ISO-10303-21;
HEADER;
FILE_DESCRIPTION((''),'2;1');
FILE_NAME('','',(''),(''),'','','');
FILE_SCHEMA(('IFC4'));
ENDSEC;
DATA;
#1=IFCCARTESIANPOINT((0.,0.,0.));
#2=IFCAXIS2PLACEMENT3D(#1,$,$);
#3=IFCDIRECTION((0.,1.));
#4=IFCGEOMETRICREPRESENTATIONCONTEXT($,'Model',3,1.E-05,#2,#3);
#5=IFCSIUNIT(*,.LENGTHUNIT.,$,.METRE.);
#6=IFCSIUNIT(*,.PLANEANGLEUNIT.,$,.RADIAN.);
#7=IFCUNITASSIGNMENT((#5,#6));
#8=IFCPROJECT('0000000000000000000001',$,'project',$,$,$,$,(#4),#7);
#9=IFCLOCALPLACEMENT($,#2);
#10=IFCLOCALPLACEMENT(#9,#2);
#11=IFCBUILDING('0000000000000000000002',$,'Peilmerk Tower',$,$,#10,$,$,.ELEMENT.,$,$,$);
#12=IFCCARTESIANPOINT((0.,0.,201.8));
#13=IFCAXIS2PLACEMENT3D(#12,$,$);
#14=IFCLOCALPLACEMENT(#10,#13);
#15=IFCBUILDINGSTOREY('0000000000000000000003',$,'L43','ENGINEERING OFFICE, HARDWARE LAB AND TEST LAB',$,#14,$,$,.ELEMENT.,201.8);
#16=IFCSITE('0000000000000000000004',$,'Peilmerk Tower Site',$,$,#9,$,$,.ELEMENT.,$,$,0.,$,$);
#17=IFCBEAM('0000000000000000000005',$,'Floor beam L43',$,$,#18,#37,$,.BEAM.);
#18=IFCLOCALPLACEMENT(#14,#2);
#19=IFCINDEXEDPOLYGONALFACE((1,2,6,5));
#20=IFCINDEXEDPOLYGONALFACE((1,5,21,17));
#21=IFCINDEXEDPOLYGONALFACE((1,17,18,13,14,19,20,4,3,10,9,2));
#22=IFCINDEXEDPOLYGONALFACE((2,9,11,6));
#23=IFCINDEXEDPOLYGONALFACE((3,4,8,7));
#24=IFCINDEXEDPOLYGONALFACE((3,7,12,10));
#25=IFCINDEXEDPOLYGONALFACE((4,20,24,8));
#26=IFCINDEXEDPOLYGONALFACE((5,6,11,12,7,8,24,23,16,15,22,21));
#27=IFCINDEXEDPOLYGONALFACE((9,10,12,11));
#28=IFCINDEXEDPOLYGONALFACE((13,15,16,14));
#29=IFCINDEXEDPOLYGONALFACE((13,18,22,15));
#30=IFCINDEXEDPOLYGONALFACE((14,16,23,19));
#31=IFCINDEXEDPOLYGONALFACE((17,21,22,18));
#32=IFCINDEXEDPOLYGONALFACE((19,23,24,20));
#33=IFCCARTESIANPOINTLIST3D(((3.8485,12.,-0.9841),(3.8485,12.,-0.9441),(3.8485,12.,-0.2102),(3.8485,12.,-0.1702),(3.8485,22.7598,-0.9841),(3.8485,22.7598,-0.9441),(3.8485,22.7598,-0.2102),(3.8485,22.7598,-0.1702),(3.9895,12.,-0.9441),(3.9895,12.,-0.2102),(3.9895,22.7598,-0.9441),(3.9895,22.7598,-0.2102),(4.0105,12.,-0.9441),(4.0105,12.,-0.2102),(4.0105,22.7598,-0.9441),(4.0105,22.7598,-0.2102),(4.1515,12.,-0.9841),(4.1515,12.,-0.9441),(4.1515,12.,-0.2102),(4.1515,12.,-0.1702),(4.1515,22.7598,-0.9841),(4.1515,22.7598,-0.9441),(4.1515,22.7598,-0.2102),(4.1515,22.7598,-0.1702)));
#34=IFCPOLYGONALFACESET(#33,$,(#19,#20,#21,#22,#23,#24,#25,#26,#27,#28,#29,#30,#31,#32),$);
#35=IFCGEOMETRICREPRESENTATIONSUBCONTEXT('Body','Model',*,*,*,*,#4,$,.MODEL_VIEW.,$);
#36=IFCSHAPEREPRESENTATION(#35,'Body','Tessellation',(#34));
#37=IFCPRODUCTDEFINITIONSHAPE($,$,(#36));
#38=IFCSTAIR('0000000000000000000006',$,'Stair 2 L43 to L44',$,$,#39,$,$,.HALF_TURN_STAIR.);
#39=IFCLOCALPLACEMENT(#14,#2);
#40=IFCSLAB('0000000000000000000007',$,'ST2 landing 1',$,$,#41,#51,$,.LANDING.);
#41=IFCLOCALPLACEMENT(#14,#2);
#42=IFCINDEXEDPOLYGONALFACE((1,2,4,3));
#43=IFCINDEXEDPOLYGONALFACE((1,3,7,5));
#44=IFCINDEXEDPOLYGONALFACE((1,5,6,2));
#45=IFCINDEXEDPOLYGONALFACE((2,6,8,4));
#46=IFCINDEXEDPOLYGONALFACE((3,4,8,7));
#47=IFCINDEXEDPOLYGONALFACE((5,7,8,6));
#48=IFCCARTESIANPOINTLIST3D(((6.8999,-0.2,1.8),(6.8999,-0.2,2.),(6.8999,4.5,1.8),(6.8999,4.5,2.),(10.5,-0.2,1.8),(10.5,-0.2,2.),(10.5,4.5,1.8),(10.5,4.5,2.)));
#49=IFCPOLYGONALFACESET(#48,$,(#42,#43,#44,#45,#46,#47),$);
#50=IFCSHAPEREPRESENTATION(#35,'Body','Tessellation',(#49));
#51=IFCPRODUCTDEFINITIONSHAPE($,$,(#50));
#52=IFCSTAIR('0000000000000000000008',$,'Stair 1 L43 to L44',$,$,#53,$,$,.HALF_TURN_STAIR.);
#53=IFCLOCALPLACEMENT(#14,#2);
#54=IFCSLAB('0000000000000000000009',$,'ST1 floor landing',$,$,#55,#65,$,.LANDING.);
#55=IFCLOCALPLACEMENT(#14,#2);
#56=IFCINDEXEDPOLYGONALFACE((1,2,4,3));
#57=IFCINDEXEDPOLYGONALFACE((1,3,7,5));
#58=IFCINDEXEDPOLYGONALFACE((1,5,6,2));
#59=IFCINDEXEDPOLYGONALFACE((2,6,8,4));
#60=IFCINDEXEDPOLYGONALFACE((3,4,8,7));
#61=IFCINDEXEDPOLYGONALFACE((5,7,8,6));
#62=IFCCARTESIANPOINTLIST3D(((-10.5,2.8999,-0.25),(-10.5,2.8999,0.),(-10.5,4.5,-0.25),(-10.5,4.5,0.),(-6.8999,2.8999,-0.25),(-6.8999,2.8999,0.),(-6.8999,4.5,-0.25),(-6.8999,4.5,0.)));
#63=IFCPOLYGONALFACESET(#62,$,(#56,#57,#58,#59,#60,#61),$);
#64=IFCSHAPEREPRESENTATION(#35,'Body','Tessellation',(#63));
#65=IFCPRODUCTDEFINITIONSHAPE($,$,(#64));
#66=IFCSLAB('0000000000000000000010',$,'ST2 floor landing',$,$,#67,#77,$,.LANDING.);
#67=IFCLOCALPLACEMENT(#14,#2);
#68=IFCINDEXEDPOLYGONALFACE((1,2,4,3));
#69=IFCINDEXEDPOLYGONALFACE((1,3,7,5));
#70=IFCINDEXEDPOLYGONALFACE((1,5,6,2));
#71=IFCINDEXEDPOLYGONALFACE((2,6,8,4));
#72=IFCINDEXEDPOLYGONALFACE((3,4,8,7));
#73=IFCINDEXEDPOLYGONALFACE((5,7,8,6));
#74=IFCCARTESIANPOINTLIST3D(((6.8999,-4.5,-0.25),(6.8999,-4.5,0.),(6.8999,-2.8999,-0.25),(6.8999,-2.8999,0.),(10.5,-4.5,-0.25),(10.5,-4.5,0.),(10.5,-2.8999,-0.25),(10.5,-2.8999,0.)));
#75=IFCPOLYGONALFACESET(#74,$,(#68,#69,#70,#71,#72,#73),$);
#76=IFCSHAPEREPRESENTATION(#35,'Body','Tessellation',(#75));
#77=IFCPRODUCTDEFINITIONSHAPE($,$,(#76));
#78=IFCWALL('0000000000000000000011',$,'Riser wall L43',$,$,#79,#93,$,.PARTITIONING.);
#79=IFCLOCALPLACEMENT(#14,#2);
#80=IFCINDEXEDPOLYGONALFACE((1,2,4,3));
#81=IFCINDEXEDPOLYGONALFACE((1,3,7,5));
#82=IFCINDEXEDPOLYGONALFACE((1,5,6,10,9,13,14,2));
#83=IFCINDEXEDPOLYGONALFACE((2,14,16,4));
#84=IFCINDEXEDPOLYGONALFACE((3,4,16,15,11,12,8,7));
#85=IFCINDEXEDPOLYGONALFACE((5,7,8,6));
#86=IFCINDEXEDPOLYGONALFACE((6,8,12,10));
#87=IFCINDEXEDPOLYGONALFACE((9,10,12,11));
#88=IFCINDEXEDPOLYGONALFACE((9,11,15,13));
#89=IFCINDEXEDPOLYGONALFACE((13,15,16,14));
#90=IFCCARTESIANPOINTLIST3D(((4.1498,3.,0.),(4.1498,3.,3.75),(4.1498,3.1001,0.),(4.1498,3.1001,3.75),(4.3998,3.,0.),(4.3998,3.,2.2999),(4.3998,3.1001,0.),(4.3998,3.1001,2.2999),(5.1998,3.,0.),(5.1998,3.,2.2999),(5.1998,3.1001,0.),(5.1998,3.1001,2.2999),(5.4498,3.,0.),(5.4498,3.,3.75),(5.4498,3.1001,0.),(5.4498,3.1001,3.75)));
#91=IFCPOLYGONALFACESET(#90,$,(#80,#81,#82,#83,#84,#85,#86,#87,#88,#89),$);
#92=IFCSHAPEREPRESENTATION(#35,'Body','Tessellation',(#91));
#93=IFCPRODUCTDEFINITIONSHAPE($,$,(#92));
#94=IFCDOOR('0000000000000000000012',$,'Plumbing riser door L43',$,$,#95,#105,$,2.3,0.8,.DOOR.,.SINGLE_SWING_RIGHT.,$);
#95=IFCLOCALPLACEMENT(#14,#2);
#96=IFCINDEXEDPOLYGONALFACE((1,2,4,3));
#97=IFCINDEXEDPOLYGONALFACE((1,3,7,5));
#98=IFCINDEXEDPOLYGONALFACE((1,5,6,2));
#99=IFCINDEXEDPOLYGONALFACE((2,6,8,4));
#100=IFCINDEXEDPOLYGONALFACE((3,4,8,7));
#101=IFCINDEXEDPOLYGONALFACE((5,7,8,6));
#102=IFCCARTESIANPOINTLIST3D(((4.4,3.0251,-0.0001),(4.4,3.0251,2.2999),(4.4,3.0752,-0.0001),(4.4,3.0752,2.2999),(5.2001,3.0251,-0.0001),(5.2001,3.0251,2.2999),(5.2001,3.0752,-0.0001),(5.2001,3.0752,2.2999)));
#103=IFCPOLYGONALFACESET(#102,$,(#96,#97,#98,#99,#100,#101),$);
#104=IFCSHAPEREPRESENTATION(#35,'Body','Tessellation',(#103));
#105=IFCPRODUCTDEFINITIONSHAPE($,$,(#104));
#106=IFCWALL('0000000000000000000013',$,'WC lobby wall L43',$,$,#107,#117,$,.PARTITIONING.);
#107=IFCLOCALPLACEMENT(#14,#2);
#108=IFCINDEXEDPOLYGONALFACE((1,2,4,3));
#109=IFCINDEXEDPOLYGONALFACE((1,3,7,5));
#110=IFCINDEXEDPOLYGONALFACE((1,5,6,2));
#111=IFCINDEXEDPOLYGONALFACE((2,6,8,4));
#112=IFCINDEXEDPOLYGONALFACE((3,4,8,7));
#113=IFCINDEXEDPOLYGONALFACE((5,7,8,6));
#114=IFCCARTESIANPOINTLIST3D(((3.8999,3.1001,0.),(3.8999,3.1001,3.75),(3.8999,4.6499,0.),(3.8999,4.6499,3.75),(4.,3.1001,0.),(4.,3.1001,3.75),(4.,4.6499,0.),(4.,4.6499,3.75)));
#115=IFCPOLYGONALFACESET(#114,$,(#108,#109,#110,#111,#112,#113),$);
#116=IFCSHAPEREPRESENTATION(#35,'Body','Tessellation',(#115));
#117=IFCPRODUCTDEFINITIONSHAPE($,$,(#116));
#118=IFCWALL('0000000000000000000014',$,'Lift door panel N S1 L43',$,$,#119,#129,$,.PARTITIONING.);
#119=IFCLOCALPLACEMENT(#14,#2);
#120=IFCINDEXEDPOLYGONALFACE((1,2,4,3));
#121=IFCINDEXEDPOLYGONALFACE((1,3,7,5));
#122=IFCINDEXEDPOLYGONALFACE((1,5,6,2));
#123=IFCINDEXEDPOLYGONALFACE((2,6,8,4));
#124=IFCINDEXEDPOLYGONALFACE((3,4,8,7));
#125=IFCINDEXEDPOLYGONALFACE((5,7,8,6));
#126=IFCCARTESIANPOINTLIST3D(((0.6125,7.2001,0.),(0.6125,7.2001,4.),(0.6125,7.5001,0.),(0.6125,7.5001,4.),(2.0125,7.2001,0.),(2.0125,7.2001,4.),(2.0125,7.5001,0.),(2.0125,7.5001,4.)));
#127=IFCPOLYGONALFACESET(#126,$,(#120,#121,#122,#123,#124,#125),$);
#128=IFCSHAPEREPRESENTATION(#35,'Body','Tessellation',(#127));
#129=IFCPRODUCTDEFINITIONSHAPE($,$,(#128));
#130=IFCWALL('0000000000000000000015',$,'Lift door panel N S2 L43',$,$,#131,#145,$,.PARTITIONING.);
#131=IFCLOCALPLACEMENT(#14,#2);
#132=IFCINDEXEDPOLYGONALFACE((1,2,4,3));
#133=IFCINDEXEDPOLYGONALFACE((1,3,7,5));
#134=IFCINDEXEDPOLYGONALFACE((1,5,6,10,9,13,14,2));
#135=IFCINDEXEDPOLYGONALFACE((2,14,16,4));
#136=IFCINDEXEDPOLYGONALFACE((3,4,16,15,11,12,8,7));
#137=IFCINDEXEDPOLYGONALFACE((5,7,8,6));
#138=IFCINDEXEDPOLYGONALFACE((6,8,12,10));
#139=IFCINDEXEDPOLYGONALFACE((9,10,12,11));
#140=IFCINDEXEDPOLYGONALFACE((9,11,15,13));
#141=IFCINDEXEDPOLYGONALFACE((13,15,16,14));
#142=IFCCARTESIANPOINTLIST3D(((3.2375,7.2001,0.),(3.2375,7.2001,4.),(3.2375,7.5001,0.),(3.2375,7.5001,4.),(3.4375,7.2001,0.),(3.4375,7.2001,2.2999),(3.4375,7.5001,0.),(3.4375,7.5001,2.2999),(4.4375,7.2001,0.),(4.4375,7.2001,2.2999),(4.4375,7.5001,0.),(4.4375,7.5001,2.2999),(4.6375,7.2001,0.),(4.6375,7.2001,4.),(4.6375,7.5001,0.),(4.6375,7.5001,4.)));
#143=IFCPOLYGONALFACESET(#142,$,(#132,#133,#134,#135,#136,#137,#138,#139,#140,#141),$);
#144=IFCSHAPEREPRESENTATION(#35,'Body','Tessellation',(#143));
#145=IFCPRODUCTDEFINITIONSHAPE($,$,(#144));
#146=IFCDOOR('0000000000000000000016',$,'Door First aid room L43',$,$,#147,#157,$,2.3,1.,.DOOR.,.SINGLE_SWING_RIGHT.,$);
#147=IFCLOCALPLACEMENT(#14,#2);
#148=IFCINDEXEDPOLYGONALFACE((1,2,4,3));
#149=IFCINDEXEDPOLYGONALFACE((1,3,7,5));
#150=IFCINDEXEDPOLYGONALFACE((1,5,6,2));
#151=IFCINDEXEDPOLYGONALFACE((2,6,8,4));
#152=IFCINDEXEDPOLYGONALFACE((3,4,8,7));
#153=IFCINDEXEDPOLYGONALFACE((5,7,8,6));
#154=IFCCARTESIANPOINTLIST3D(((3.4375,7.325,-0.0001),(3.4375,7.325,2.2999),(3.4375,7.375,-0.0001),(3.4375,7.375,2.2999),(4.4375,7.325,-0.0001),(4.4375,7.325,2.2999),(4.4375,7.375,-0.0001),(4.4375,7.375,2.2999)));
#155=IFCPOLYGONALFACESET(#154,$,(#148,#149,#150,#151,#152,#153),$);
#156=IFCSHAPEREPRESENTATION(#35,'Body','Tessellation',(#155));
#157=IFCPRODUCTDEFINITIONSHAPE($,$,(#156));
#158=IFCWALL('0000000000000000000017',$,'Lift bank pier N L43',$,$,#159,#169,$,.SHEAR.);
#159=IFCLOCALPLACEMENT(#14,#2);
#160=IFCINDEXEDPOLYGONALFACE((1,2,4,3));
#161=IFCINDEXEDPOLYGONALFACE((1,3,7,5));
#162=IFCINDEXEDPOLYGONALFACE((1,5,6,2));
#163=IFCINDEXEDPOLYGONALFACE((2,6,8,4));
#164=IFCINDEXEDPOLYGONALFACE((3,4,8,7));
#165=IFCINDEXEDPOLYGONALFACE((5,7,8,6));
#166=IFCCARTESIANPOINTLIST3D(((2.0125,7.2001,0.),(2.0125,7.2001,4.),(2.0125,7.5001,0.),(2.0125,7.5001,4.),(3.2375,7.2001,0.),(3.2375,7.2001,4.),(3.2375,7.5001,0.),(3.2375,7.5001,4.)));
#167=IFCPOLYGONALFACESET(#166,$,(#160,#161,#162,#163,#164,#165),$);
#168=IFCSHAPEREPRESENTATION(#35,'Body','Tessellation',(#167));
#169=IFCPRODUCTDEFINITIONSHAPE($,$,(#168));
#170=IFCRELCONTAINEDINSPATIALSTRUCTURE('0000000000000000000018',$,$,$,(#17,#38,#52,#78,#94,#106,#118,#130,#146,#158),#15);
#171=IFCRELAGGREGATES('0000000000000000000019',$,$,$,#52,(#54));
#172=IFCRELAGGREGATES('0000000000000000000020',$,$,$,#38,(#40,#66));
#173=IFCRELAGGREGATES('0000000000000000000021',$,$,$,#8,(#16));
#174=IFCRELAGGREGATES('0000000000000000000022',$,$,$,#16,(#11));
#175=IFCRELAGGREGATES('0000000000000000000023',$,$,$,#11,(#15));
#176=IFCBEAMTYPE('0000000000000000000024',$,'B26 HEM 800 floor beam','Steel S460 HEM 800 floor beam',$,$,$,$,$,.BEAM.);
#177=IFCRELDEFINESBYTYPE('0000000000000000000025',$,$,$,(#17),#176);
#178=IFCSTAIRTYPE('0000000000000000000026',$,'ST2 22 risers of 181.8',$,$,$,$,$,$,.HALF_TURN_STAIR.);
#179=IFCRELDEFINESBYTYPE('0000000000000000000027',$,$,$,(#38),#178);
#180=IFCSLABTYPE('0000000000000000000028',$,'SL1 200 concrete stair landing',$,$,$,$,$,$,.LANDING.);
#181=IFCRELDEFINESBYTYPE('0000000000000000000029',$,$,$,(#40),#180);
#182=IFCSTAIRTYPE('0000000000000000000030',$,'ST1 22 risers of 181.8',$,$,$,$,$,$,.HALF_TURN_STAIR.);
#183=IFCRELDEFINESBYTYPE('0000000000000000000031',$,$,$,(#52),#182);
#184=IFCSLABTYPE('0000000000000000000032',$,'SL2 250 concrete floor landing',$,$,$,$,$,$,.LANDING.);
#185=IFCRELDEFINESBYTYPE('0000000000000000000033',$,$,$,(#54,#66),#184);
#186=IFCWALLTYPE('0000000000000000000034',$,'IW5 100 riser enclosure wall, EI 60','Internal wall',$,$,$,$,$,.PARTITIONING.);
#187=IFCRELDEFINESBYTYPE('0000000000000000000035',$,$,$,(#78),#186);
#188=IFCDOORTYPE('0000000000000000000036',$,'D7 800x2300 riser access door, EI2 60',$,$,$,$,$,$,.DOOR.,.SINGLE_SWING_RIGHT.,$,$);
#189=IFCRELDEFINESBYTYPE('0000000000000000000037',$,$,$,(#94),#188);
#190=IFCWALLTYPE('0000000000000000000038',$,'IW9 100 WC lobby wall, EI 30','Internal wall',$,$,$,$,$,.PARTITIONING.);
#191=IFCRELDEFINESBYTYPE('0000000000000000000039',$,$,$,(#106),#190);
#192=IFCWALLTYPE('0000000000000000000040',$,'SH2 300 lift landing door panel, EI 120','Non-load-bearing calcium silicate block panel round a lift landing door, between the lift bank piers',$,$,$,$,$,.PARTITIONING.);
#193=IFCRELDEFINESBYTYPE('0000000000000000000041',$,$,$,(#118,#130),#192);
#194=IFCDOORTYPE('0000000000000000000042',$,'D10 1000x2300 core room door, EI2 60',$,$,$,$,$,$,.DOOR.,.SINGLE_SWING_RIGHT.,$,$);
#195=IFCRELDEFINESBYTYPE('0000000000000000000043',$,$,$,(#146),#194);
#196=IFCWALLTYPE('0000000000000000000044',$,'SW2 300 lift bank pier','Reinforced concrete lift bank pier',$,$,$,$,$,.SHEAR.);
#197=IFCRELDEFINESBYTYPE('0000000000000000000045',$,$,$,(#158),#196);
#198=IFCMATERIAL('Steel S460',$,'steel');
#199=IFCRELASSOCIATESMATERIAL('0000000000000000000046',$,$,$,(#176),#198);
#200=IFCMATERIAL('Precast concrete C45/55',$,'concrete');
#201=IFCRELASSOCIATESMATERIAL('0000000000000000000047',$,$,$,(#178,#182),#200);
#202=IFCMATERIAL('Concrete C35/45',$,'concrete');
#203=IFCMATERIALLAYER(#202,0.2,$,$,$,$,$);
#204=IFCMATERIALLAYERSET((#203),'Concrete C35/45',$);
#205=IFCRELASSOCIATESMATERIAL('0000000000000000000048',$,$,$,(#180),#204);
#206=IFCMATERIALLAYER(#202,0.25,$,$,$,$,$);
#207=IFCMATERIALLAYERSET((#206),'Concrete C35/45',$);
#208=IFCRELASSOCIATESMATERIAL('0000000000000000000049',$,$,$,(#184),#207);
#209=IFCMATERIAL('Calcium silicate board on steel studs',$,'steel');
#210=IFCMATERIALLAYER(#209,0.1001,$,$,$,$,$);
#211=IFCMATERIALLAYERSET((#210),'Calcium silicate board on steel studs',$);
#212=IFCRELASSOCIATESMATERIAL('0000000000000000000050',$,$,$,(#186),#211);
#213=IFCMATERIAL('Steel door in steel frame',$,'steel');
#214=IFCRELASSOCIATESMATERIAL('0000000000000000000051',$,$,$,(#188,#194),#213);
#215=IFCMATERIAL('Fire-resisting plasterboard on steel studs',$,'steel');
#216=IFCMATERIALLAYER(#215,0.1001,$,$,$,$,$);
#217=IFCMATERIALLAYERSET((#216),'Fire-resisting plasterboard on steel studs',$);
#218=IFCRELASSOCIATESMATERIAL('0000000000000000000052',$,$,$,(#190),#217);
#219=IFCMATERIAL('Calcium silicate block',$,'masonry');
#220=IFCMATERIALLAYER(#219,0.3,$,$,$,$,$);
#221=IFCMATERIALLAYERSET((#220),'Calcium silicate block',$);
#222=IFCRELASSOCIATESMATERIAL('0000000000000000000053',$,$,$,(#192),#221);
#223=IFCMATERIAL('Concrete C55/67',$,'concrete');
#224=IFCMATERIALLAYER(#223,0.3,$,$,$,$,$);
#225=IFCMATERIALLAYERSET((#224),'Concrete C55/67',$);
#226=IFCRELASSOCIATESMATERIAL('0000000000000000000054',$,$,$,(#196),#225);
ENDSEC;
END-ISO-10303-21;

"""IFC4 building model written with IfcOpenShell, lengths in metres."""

from ifc_helpers import new_model, si_unit, direction, frame, frame_2d, origin, origin_2d, place, context, subcontext, project, spatial, polyline, rectangle, i_section, outline, extrude, material, layer, layer_set, material_profile, profile_set, type_object, element, fill, aggregate, save


model = new_model("IFC4")

# Units and contexts
model_context = context("Model", 3, precision=1e-05, world=origin(), true_north=direction((0.0, 1.0)))
body_context = subcontext(model_context, "Body", "Model", "MODEL_VIEW")
ifc_project = project(units=[si_unit("LENGTHUNIT", "METRE"), si_unit("PLANEANGLEUNIT", "RADIAN")], contexts=[model_context])

# Site, building, storey
site_placement = place(None, origin())
site = spatial("IfcSite", under=ifc_project, at=site_placement, Name="Peilmerk Tower Site", CompositionType="ELEMENT", RefElevation=0.0)
building_placement = place(site_placement, origin())
building = spatial("IfcBuilding", under=site, at=building_placement, Name="Peilmerk Tower", CompositionType="ELEMENT")
storey_placement = place(building_placement, frame((0.0, 0.0, 201.8)))
storey = spatial("IfcBuildingStorey", under=building, at=storey_placement, Name="L43", Description="ENGINEERING OFFICE, HARDWARE LAB AND TEST LAB", CompositionType="ELEMENT", Elevation=201.8)

# Beam
ifc_material_1 = material(Name="Steel S460", Category="steel")
ifc_material_profile = material_profile(ifc_material_1, i_section(OverallWidth=0.303, OverallDepth=0.814, WebThickness=0.021, FlangeThickness=0.04, at=origin_2d()), Name="HEM 800")
ifc_profile_set = profile_set([ifc_material_profile], Name="Steel S460")
beam_type = type_object("IfcBeamType", Name="B26 HEM 800 floor beam", Description="Steel S460 HEM 800 floor beam", PredefinedType="BEAM", material=ifc_profile_set)
beam_placement = place(storey_placement, frame((4.0, 12.0, -0.5771), z_axis=(0.0, 1.0, 0.0), x_axis=(-1.0, 0.0, 0.0)))
element("IfcBeam", 1, at=beam_placement, inside=storey, type_object=beam_type, Name="Floor beam L43", PredefinedType="BEAM", context=body_context, shape_type="SweptSolid", body=[
    extrude(i_section(OverallWidth=0.303, OverallDepth=0.814, WebThickness=0.021, FlangeThickness=0.04, at=origin_2d()), origin(), (0.0, 0.0, 1.0), 10.7598),
])

# Stairs, slabs
ifc_material_2 = material(Name="Precast concrete C45/55", Category="concrete")
stair_type_1 = type_object("IfcStairType", Name="ST2 22 risers of 181.8", PredefinedType="HALF_TURN_STAIR", material=ifc_material_2)
stair_1_placement = place(storey_placement, origin())
stair_1 = element("IfcStair", 2, at=stair_1_placement, inside=storey, type_object=stair_type_1, Name="Stair 2 L43 to L44", PredefinedType="HALF_TURN_STAIR")
ifc_material_3 = material(Name="Concrete C35/45", Category="concrete")
ifc_layer_1 = layer(ifc_material_3, 0.2)
ifc_layer_set_1 = layer_set([ifc_layer_1], Name="Concrete C35/45")
slab_type_1 = type_object("IfcSlabType", Name="SL1 200 concrete stair landing", PredefinedType="LANDING", material=ifc_layer_set_1)
slab_1_placement = place(storey_placement, frame((0.0, 0.0, 1.8)))
slab_1 = element("IfcSlab", 3, at=slab_1_placement, type_object=slab_type_1, Name="ST2 landing 1", PredefinedType="LANDING", context=body_context, shape_type="SweptSolid", body=[
    extrude(outline(polyline([(6.8999, -0.2), (10.5, -0.2), (10.5, 4.5), (6.8999, 4.5), (6.8999, -0.2)])), origin(), (0.0, 0.0, 1.0), 0.2),
])
stair_type_2 = type_object("IfcStairType", Name="ST1 22 risers of 181.8", PredefinedType="HALF_TURN_STAIR", material=ifc_material_2)
stair_2_placement = place(storey_placement, origin())
stair_2 = element("IfcStair", 4, at=stair_2_placement, inside=storey, type_object=stair_type_2, Name="Stair 1 L43 to L44", PredefinedType="HALF_TURN_STAIR")
ifc_layer_2 = layer(ifc_material_3, 0.25)
ifc_layer_set_2 = layer_set([ifc_layer_2], Name="Concrete C35/45")
slab_type_2 = type_object("IfcSlabType", Name="SL2 250 concrete floor landing", PredefinedType="LANDING", material=ifc_layer_set_2)
slab_2_placement = place(storey_placement, frame((0.0, 0.0, -0.25)))
slab_2 = element("IfcSlab", 5, at=slab_2_placement, type_object=slab_type_2, Name="ST1 floor landing", PredefinedType="LANDING", context=body_context, shape_type="SweptSolid", body=[
    extrude(outline(polyline([(-10.5, 2.8999), (-6.8999, 2.8999), (-6.8999, 4.5), (-10.5, 4.5), (-10.5, 2.8999)])), origin(), (0.0, 0.0, 1.0), 0.25),
])
aggregate(stair_2, [slab_2])

# Slab
slab_3_placement = place(storey_placement, frame((0.0, 0.0, -0.25)))
slab_3 = element("IfcSlab", 6, at=slab_3_placement, type_object=slab_type_2, Name="ST2 floor landing", PredefinedType="LANDING", context=body_context, shape_type="SweptSolid", body=[
    extrude(outline(polyline([(6.8999, -4.5), (10.5, -4.5), (10.5, -2.8999), (6.8999, -2.8999), (6.8999, -4.5)])), origin(), (0.0, 0.0, 1.0), 0.25),
])
aggregate(stair_1, [slab_1, slab_3])

# Wall, opening, door
ifc_material_4 = material(Name="Calcium silicate board on steel studs", Category="steel")
ifc_layer_3 = layer(ifc_material_4, 0.1001)
ifc_layer_set_3 = layer_set([ifc_layer_3], Name="Calcium silicate board on steel studs")
wall_type_1 = type_object("IfcWallType", Name="IW5 100 riser enclosure wall, EI 60", Description="Internal wall", PredefinedType="PARTITIONING", material=ifc_layer_set_3)
wall_1_placement = place(storey_placement, frame((4.1499, 3.05, 0.0), z_axis=(0.0, 0.0, 1.0), x_axis=(1.0, 0.0, 0.0)))
wall_1 = element("IfcWall", 7, at=wall_1_placement, inside=storey, type_object=wall_type_1, Name="Riser wall L43", PredefinedType="PARTITIONING", context=body_context, shape_type="SweptSolid", body=[
    extrude(rectangle(XDim=1.3, YDim=0.1001, at=frame_2d((0.6499, 0.0))), origin(), (0.0, 0.0, 1.0), 3.75),
])
opening_1_placement = place(wall_1_placement, frame((0.25, 0.0, 0.0)))
opening_1 = element("IfcOpeningElement", 8, at=opening_1_placement, cuts=wall_1, PredefinedType="OPENING", context=body_context, shape_type="SweptSolid", body=[
    extrude(rectangle(XDim=0.8, YDim=2.3, at=frame_2d((0.3999, 1.1499))), frame((0.0, 0.0601, 0.0), z_axis=(0.0, -1.0, 0.0), x_axis=(1.0, 0.0, 0.0)), (0.0, 0.0, 1.0), 0.1201),
])
ifc_material_5 = material(Name="Steel door in steel frame", Category="steel")
door_type_1 = type_object("IfcDoorType", Name="D7 800x2300 riser access door, EI2 60", OperationType="SINGLE_SWING_RIGHT", PredefinedType="DOOR", material=ifc_material_5)
door_1_placement = place(opening_1_placement, frame((0.8, 0.0, 0.0), z_axis=(0.0, 0.0, 1.0), x_axis=(-1.0, 0.0, 0.0)))
door_1 = element("IfcDoor", 9, at=door_1_placement, inside=storey, type_object=door_type_1, Name="Plumbing riser door L43", OperationType="SINGLE_SWING_RIGHT", OverallHeight=2.3, OverallWidth=0.8, PredefinedType="DOOR", context=body_context, shape_type="SweptSolid", body=[
    extrude(rectangle(XDim=0.8, YDim=2.3, at=frame_2d((0.3999, 1.1499))), frame((0.0, 0.0249, 0.0), z_axis=(0.0, -1.0, 0.0), x_axis=(1.0, 0.0, 0.0)), (0.0, 0.0, 1.0), 0.05),
])
fill(opening_1, door_1)

# Walls
ifc_material_6 = material(Name="Fire-resisting plasterboard on steel studs", Category="steel")
ifc_layer_4 = layer(ifc_material_6, 0.1001)
ifc_layer_set_4 = layer_set([ifc_layer_4], Name="Fire-resisting plasterboard on steel studs")
wall_type_2 = type_object("IfcWallType", Name="IW9 100 WC lobby wall, EI 30", Description="Internal wall", PredefinedType="PARTITIONING", material=ifc_layer_set_4)
wall_2_placement = place(storey_placement, frame((3.95, 3.1001, 0.0), z_axis=(0.0, 0.0, 1.0), x_axis=(0.0, 1.0, 0.0)))
element("IfcWall", 10, at=wall_2_placement, inside=storey, type_object=wall_type_2, Name="WC lobby wall L43", PredefinedType="PARTITIONING", context=body_context, shape_type="SweptSolid", body=[
    extrude(rectangle(XDim=1.5498, YDim=0.1001, at=frame_2d((0.7749, 0.0))), origin(), (0.0, 0.0, 1.0), 3.75),
])
ifc_material_7 = material(Name="Calcium silicate block", Category="masonry")
ifc_layer_5 = layer(ifc_material_7, 0.3)
ifc_layer_set_5 = layer_set([ifc_layer_5], Name="Calcium silicate block")
wall_type_3 = type_object("IfcWallType", Name="SH2 300 lift landing door panel, EI 120", Description="Non-load-bearing calcium silicate block panel round a lift landing door, between the lift bank piers", PredefinedType="PARTITIONING", material=ifc_layer_set_5)
wall_3_placement = place(storey_placement, frame((0.6125, 7.3501, 0.0), z_axis=(0.0, 0.0, 1.0), x_axis=(1.0, 0.0, 0.0)))
element("IfcWall", 11, at=wall_3_placement, inside=storey, type_object=wall_type_3, Name="Lift door panel N S1 L43", PredefinedType="PARTITIONING", context=body_context, shape_type="SweptSolid", body=[
    extrude(rectangle(XDim=1.3999, YDim=0.3, at=frame_2d((0.7, 0.0))), origin(), (0.0, 0.0, 1.0), 4.0),
])

# Wall, opening, door
wall_4_placement = place(storey_placement, frame((3.2375, 7.3501, 0.0), z_axis=(0.0, 0.0, 1.0), x_axis=(1.0, 0.0, 0.0)))
wall_4 = element("IfcWall", 12, at=wall_4_placement, inside=storey, type_object=wall_type_3, Name="Lift door panel N S2 L43", PredefinedType="PARTITIONING", context=body_context, shape_type="SweptSolid", body=[
    extrude(rectangle(XDim=1.3999, YDim=0.3, at=frame_2d((0.7, 0.0))), origin(), (0.0, 0.0, 1.0), 4.0),
])
opening_2_placement = place(wall_4_placement, frame((0.2, 0.0, 0.0)))
opening_2 = element("IfcOpeningElement", 13, at=opening_2_placement, cuts=wall_4, PredefinedType="OPENING", context=body_context, shape_type="SweptSolid", body=[
    extrude(rectangle(XDim=1.0, YDim=2.3, at=frame_2d((0.5, 1.1499))), frame((0.0, 0.1599, 0.0), z_axis=(0.0, -1.0, 0.0), x_axis=(1.0, 0.0, 0.0)), (0.0, 0.0, 1.0), 0.3201),
])
door_type_2 = type_object("IfcDoorType", Name="D10 1000x2300 core room door, EI2 60", OperationType="SINGLE_SWING_RIGHT", PredefinedType="DOOR", material=ifc_material_5)
door_2_placement = place(opening_2_placement, origin())
door_2 = element("IfcDoor", 14, at=door_2_placement, inside=storey, type_object=door_type_2, Name="Door First aid room L43", OperationType="SINGLE_SWING_RIGHT", OverallHeight=2.3, OverallWidth=1.0, PredefinedType="DOOR", context=body_context, shape_type="SweptSolid", body=[
    extrude(rectangle(XDim=1.0, YDim=2.3, at=frame_2d((0.5, 1.1499))), frame((0.0, 0.0249, 0.0), z_axis=(0.0, -1.0, 0.0), x_axis=(1.0, 0.0, 0.0)), (0.0, 0.0, 1.0), 0.05),
])
fill(opening_2, door_2)

# Wall
ifc_material_8 = material(Name="Concrete C55/67", Category="concrete")
ifc_layer_6 = layer(ifc_material_8, 0.3)
ifc_layer_set_6 = layer_set([ifc_layer_6], Name="Concrete C55/67")
wall_type_4 = type_object("IfcWallType", Name="SW2 300 lift bank pier", Description="Reinforced concrete lift bank pier", PredefinedType="SHEAR", material=ifc_layer_set_6)
wall_5_placement = place(storey_placement, frame((2.0125, 7.3501, 0.0), z_axis=(0.0, 0.0, 1.0), x_axis=(1.0, 0.0, 0.0)))
element("IfcWall", 15, at=wall_5_placement, inside=storey, type_object=wall_type_4, Name="Lift bank pier N L43", PredefinedType="SHEAR", context=body_context, shape_type="SweptSolid", body=[
    extrude(rectangle(XDim=1.2251, YDim=0.3, at=frame_2d((0.6125, 0.0))), origin(), (0.0, 0.0, 1.0), 4.0),
])

save(model, "model.ifc")
